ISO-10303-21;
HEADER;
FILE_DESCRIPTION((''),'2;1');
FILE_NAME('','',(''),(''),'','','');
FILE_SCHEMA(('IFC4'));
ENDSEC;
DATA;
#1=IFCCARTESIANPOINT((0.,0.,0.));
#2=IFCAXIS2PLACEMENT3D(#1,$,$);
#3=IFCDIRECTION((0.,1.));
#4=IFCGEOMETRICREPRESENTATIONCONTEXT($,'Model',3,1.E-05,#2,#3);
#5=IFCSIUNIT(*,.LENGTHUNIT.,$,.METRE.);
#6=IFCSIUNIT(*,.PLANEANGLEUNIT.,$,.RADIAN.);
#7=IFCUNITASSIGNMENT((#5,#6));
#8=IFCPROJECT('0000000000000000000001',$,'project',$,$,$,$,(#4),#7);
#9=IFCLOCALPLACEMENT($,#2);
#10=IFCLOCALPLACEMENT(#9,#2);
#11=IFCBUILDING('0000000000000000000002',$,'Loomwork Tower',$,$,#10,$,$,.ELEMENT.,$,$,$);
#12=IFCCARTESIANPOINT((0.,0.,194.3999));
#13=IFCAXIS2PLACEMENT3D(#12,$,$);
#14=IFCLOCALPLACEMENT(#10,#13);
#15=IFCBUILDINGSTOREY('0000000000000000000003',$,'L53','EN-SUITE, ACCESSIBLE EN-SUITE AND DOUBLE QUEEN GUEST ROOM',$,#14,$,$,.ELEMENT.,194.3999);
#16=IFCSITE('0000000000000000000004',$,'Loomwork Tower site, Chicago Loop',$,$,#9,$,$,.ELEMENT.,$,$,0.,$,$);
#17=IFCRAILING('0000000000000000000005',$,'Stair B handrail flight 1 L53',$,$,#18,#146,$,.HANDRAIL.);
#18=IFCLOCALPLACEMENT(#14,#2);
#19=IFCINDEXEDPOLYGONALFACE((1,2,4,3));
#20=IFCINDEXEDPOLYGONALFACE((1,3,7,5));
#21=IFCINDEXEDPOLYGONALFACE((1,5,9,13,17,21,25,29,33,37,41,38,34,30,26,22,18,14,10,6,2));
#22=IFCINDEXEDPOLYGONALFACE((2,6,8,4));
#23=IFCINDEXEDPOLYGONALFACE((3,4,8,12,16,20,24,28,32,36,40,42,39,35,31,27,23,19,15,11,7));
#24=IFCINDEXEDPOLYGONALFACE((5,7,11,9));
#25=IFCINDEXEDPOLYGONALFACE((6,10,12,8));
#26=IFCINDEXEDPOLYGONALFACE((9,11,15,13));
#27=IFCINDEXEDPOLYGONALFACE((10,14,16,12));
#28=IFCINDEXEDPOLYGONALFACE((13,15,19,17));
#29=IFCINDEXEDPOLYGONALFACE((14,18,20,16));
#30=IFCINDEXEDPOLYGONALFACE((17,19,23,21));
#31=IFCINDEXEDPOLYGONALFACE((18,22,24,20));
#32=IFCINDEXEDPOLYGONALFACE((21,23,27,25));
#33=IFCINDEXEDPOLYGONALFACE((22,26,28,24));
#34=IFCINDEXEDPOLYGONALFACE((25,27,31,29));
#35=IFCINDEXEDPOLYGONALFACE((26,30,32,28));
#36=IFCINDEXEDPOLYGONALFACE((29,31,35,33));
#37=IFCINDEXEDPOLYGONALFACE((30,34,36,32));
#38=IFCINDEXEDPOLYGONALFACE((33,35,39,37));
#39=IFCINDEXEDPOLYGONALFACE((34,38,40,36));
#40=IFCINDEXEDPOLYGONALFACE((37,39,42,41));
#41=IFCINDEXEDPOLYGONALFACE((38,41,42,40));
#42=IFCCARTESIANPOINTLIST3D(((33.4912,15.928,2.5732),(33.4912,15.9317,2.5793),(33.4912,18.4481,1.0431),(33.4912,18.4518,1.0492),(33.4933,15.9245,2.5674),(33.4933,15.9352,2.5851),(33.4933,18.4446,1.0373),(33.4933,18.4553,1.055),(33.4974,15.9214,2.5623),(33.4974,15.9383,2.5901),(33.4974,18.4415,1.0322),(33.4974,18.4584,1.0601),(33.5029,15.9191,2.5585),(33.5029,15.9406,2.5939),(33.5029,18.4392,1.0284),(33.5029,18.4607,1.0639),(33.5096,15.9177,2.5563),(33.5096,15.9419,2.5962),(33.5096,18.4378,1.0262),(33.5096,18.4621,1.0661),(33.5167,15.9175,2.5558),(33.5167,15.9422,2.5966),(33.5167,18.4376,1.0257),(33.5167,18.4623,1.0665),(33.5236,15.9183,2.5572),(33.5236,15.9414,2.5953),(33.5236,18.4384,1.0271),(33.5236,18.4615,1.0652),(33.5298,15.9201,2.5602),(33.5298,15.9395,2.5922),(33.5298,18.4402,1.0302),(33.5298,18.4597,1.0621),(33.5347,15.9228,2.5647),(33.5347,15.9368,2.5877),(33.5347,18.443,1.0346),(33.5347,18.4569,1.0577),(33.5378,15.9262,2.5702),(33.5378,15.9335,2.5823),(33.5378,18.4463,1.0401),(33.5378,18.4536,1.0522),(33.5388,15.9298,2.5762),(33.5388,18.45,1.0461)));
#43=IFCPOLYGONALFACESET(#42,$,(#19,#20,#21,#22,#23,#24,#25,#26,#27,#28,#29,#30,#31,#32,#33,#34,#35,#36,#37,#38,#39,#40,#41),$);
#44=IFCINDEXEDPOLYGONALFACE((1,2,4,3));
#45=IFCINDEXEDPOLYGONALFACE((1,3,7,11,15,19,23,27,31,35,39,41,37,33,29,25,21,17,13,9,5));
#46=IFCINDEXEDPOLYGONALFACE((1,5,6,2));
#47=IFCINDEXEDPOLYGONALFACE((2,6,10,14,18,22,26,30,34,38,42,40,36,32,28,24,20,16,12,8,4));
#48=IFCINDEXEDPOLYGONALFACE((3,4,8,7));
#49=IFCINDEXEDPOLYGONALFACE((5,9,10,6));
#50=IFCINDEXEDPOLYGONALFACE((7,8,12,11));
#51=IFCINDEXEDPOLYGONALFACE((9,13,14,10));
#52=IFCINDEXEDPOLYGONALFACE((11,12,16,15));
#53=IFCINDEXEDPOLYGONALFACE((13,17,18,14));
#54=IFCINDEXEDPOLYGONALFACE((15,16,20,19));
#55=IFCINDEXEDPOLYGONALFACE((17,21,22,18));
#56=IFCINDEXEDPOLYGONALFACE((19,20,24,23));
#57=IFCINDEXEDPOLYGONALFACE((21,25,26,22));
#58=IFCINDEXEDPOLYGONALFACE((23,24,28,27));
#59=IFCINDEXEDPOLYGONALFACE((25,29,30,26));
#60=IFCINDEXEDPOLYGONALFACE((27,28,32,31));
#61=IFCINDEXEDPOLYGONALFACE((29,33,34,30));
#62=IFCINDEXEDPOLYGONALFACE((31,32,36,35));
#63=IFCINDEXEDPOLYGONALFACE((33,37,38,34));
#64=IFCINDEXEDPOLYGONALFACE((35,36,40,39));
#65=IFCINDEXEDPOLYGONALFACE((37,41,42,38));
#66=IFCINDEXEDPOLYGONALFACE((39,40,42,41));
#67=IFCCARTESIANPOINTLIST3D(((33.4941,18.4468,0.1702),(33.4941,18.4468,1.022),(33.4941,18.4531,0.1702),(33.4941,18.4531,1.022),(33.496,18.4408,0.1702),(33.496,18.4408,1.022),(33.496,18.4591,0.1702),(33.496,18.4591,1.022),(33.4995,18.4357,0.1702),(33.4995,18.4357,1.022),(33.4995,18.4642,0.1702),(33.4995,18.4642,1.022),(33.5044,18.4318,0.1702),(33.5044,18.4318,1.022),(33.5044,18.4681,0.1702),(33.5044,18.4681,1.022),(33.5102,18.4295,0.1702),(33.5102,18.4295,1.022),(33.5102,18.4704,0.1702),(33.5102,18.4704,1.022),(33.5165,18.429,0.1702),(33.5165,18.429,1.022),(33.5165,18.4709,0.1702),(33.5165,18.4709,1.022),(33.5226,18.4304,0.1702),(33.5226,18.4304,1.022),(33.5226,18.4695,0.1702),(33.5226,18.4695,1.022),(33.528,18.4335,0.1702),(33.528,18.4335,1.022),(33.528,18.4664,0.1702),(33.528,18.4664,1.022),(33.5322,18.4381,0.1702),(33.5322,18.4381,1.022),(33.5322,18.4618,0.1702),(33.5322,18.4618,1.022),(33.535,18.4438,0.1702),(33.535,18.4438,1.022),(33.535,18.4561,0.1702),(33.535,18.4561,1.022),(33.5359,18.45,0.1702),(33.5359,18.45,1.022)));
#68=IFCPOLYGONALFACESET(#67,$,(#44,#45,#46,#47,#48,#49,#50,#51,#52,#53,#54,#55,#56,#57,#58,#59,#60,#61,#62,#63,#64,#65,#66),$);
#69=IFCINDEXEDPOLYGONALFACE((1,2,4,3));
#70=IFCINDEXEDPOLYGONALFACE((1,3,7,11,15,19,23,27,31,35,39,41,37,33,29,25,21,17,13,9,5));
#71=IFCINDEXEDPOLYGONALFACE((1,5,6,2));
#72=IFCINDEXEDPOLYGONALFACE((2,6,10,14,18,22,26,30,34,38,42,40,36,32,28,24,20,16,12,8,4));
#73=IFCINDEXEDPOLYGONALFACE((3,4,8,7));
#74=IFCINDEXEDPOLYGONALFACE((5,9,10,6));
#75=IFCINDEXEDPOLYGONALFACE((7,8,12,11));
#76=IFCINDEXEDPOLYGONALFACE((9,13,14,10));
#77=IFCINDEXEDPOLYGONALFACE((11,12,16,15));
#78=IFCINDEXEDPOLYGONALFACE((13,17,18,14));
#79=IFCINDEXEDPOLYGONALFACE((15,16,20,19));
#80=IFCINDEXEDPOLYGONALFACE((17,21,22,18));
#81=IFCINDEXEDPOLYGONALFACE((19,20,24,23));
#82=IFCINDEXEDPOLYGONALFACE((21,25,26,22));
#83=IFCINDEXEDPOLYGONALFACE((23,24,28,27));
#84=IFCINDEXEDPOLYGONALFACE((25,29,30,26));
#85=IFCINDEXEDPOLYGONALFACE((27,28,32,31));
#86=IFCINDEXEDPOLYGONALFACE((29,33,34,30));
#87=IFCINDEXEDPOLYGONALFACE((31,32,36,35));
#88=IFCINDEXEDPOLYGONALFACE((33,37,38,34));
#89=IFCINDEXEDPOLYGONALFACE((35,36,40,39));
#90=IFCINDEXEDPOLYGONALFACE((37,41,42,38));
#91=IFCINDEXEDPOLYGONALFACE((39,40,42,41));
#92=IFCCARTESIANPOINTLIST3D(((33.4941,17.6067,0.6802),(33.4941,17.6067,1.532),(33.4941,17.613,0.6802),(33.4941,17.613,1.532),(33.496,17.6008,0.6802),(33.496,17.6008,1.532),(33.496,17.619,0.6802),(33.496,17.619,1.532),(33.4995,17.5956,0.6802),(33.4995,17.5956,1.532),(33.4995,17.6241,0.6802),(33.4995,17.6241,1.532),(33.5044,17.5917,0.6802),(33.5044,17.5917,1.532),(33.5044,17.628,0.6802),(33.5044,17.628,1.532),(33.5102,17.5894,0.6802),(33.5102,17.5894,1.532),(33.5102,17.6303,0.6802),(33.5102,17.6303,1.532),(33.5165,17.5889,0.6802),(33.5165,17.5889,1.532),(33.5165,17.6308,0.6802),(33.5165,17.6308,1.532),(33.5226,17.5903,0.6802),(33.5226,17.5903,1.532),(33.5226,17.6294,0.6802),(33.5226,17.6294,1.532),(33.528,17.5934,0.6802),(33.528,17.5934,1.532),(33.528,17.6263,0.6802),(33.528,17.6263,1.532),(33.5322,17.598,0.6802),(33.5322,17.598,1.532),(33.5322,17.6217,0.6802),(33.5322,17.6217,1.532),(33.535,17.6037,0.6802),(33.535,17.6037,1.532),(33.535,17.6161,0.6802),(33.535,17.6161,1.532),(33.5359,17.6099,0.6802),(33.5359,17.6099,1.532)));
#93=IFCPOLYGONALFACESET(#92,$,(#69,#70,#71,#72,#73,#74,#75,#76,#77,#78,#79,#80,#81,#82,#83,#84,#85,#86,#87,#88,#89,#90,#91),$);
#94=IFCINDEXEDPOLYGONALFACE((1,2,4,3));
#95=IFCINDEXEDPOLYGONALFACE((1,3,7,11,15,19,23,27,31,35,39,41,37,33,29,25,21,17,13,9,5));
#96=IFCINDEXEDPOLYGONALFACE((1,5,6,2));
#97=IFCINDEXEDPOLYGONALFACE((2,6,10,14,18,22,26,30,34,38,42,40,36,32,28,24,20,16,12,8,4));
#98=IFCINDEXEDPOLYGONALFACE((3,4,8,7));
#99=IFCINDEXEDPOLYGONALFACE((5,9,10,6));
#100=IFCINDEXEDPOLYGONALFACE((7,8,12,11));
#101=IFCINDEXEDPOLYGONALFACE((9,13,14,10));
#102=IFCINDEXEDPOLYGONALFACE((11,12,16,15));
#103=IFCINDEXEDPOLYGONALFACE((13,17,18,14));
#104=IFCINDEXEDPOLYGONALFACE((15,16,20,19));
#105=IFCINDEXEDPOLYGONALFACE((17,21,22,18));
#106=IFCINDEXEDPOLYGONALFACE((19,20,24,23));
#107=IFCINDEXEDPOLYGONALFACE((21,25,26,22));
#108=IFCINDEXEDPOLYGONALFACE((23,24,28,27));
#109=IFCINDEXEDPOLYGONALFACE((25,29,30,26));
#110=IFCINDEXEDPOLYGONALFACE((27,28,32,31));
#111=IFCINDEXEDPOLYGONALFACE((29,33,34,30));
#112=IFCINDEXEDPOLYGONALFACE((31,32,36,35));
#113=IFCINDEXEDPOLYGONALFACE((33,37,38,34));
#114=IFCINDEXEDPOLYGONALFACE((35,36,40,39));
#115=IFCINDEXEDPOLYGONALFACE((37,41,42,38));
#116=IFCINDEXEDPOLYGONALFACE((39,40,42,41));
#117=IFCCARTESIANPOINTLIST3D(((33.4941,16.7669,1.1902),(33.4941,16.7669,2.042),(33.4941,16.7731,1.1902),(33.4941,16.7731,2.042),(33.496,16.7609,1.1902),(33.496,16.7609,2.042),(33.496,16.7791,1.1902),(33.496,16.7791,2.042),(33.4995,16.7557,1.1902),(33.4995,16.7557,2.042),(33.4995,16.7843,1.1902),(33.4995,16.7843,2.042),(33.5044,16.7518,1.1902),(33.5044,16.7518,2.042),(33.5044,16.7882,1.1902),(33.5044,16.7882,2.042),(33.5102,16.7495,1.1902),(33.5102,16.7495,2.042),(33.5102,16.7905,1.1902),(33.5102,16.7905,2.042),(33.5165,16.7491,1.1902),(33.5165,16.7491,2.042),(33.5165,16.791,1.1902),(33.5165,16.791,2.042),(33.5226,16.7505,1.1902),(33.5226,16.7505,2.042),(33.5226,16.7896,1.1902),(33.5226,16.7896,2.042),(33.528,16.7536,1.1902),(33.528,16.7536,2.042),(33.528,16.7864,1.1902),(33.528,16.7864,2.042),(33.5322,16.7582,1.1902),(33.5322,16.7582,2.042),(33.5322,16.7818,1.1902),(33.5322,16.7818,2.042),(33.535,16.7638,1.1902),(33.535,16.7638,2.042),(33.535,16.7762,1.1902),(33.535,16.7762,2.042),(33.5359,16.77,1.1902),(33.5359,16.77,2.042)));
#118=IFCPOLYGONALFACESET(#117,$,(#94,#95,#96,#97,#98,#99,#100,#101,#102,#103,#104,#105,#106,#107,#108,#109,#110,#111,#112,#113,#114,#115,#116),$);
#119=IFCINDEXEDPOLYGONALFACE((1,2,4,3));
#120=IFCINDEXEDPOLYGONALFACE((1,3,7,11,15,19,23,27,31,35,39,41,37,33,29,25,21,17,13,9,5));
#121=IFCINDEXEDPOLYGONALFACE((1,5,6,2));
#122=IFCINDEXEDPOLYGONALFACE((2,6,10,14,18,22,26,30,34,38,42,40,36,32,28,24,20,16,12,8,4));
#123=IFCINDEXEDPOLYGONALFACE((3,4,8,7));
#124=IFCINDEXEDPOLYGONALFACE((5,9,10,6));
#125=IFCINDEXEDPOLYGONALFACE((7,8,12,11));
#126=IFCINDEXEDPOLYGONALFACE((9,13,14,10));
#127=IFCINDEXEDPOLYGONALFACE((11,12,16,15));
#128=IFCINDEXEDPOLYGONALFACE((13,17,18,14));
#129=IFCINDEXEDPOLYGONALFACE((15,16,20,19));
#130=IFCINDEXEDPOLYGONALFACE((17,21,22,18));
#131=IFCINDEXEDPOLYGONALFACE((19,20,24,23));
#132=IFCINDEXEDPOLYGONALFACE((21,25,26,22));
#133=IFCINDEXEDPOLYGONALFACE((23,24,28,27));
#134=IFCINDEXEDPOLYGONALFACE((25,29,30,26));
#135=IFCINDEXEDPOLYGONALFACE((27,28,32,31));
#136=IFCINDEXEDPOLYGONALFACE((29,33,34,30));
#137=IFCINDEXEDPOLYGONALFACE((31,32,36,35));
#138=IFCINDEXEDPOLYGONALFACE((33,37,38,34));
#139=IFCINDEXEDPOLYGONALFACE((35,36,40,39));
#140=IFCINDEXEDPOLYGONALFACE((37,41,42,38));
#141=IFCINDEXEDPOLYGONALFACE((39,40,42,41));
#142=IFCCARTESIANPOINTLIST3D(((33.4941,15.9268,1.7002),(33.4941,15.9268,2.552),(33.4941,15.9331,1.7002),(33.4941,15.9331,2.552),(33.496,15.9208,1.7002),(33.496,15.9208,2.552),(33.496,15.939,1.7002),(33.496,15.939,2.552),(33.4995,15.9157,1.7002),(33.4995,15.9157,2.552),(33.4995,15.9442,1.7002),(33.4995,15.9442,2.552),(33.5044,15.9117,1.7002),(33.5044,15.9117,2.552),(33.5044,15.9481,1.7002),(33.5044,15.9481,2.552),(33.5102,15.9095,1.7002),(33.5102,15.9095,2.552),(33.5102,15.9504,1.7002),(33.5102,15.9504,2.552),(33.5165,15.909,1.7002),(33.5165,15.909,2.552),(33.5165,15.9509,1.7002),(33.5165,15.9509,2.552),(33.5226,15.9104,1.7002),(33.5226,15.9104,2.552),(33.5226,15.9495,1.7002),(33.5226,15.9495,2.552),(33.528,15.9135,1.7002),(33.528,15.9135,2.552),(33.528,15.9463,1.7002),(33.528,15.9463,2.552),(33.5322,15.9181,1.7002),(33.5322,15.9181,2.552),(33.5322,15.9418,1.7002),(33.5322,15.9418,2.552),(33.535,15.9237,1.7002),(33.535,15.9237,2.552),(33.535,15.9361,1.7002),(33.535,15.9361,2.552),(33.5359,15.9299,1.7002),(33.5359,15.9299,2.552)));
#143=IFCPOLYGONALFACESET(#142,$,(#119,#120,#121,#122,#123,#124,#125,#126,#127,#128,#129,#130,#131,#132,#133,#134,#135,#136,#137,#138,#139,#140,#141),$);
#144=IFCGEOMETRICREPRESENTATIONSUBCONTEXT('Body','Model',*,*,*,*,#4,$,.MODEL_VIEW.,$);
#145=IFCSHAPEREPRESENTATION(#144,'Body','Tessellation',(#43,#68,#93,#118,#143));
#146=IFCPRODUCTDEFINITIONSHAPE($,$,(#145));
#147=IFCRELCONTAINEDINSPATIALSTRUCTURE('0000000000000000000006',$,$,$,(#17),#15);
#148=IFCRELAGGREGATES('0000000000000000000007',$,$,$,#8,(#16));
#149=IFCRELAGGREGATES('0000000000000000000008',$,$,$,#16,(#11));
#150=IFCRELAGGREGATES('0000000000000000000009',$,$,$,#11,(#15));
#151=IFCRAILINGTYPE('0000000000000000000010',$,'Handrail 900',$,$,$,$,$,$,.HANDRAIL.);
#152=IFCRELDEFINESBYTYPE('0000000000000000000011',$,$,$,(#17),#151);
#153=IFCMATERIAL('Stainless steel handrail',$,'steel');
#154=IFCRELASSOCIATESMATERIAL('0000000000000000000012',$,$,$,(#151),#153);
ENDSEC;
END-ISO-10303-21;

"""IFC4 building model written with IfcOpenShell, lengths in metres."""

from ifc_helpers import new_model, si_unit, direction, frame, origin, origin_2d, place, context, subcontext, project, spatial, circle, extrude, material, type_object, element, save


model = new_model("IFC4")

# Units and contexts
model_context = context("Model", 3, precision=1e-05, world=origin(), true_north=direction((0.0, 1.0)))
body_context = subcontext(model_context, "Body", "Model", "MODEL_VIEW")
ifc_project = project(units=[si_unit("LENGTHUNIT", "METRE"), si_unit("PLANEANGLEUNIT", "RADIAN")], contexts=[model_context])

# Site, building, storey
site_placement = place(None, origin())
site = spatial("IfcSite", under=ifc_project, at=site_placement, Name="Loomwork Tower site, Chicago Loop", CompositionType="ELEMENT", RefElevation=0.0)
building_placement = place(site_placement, origin())
building = spatial("IfcBuilding", under=site, at=building_placement, Name="Loomwork Tower", CompositionType="ELEMENT")
storey_placement = place(building_placement, frame((0.0, 0.0, 194.3999)))
storey = spatial("IfcBuildingStorey", under=building, at=storey_placement, Name="L53", Description="EN-SUITE, ACCESSIBLE EN-SUITE AND DOUBLE QUEEN GUEST ROOM", CompositionType="ELEMENT", Elevation=194.3999)

# Railing
ifc_material_1 = material(Name="Stainless steel handrail", Category="steel")
railing_type = type_object("IfcRailingType", Name="Handrail 900", PredefinedType="HANDRAIL", material=ifc_material_1)
railing_1_placement = place(storey_placement, frame((33.5149, 18.45, 0.1702)))
element("IfcRailing", 1, at=railing_1_placement, inside=storey, type_object=railing_type, Name="Stair B handrail flight 1 L53", PredefinedType="HANDRAIL", context=body_context, shape_type="SweptSolid", body=[
    extrude(circle(Radius=0.0239, at=origin_2d()), frame((0.0, 0.0, 0.876), z_axis=(0.0, -0.854785, 0.518982), x_axis=(1.0, 0.0, 0.0)), (0.0, 0.0, 1.0), 2.9482),
    extrude(circle(Radius=0.021, at=origin_2d()), origin(), (0.0, 0.0, 1.0), 0.8518),
    extrude(circle(Radius=0.021, at=origin_2d()), frame((0.0, -0.8401, 0.51)), (0.0, 0.0, 1.0), 0.8518),
    extrude(circle(Radius=0.021, at=origin_2d()), frame((0.0, -1.6799, 1.02)), (0.0, 0.0, 1.0), 0.8518),
    extrude(circle(Radius=0.021, at=origin_2d()), frame((0.0, -2.52, 1.53)), (0.0, 0.0, 1.0), 0.8518),
])

save(model, "model.ifc")
